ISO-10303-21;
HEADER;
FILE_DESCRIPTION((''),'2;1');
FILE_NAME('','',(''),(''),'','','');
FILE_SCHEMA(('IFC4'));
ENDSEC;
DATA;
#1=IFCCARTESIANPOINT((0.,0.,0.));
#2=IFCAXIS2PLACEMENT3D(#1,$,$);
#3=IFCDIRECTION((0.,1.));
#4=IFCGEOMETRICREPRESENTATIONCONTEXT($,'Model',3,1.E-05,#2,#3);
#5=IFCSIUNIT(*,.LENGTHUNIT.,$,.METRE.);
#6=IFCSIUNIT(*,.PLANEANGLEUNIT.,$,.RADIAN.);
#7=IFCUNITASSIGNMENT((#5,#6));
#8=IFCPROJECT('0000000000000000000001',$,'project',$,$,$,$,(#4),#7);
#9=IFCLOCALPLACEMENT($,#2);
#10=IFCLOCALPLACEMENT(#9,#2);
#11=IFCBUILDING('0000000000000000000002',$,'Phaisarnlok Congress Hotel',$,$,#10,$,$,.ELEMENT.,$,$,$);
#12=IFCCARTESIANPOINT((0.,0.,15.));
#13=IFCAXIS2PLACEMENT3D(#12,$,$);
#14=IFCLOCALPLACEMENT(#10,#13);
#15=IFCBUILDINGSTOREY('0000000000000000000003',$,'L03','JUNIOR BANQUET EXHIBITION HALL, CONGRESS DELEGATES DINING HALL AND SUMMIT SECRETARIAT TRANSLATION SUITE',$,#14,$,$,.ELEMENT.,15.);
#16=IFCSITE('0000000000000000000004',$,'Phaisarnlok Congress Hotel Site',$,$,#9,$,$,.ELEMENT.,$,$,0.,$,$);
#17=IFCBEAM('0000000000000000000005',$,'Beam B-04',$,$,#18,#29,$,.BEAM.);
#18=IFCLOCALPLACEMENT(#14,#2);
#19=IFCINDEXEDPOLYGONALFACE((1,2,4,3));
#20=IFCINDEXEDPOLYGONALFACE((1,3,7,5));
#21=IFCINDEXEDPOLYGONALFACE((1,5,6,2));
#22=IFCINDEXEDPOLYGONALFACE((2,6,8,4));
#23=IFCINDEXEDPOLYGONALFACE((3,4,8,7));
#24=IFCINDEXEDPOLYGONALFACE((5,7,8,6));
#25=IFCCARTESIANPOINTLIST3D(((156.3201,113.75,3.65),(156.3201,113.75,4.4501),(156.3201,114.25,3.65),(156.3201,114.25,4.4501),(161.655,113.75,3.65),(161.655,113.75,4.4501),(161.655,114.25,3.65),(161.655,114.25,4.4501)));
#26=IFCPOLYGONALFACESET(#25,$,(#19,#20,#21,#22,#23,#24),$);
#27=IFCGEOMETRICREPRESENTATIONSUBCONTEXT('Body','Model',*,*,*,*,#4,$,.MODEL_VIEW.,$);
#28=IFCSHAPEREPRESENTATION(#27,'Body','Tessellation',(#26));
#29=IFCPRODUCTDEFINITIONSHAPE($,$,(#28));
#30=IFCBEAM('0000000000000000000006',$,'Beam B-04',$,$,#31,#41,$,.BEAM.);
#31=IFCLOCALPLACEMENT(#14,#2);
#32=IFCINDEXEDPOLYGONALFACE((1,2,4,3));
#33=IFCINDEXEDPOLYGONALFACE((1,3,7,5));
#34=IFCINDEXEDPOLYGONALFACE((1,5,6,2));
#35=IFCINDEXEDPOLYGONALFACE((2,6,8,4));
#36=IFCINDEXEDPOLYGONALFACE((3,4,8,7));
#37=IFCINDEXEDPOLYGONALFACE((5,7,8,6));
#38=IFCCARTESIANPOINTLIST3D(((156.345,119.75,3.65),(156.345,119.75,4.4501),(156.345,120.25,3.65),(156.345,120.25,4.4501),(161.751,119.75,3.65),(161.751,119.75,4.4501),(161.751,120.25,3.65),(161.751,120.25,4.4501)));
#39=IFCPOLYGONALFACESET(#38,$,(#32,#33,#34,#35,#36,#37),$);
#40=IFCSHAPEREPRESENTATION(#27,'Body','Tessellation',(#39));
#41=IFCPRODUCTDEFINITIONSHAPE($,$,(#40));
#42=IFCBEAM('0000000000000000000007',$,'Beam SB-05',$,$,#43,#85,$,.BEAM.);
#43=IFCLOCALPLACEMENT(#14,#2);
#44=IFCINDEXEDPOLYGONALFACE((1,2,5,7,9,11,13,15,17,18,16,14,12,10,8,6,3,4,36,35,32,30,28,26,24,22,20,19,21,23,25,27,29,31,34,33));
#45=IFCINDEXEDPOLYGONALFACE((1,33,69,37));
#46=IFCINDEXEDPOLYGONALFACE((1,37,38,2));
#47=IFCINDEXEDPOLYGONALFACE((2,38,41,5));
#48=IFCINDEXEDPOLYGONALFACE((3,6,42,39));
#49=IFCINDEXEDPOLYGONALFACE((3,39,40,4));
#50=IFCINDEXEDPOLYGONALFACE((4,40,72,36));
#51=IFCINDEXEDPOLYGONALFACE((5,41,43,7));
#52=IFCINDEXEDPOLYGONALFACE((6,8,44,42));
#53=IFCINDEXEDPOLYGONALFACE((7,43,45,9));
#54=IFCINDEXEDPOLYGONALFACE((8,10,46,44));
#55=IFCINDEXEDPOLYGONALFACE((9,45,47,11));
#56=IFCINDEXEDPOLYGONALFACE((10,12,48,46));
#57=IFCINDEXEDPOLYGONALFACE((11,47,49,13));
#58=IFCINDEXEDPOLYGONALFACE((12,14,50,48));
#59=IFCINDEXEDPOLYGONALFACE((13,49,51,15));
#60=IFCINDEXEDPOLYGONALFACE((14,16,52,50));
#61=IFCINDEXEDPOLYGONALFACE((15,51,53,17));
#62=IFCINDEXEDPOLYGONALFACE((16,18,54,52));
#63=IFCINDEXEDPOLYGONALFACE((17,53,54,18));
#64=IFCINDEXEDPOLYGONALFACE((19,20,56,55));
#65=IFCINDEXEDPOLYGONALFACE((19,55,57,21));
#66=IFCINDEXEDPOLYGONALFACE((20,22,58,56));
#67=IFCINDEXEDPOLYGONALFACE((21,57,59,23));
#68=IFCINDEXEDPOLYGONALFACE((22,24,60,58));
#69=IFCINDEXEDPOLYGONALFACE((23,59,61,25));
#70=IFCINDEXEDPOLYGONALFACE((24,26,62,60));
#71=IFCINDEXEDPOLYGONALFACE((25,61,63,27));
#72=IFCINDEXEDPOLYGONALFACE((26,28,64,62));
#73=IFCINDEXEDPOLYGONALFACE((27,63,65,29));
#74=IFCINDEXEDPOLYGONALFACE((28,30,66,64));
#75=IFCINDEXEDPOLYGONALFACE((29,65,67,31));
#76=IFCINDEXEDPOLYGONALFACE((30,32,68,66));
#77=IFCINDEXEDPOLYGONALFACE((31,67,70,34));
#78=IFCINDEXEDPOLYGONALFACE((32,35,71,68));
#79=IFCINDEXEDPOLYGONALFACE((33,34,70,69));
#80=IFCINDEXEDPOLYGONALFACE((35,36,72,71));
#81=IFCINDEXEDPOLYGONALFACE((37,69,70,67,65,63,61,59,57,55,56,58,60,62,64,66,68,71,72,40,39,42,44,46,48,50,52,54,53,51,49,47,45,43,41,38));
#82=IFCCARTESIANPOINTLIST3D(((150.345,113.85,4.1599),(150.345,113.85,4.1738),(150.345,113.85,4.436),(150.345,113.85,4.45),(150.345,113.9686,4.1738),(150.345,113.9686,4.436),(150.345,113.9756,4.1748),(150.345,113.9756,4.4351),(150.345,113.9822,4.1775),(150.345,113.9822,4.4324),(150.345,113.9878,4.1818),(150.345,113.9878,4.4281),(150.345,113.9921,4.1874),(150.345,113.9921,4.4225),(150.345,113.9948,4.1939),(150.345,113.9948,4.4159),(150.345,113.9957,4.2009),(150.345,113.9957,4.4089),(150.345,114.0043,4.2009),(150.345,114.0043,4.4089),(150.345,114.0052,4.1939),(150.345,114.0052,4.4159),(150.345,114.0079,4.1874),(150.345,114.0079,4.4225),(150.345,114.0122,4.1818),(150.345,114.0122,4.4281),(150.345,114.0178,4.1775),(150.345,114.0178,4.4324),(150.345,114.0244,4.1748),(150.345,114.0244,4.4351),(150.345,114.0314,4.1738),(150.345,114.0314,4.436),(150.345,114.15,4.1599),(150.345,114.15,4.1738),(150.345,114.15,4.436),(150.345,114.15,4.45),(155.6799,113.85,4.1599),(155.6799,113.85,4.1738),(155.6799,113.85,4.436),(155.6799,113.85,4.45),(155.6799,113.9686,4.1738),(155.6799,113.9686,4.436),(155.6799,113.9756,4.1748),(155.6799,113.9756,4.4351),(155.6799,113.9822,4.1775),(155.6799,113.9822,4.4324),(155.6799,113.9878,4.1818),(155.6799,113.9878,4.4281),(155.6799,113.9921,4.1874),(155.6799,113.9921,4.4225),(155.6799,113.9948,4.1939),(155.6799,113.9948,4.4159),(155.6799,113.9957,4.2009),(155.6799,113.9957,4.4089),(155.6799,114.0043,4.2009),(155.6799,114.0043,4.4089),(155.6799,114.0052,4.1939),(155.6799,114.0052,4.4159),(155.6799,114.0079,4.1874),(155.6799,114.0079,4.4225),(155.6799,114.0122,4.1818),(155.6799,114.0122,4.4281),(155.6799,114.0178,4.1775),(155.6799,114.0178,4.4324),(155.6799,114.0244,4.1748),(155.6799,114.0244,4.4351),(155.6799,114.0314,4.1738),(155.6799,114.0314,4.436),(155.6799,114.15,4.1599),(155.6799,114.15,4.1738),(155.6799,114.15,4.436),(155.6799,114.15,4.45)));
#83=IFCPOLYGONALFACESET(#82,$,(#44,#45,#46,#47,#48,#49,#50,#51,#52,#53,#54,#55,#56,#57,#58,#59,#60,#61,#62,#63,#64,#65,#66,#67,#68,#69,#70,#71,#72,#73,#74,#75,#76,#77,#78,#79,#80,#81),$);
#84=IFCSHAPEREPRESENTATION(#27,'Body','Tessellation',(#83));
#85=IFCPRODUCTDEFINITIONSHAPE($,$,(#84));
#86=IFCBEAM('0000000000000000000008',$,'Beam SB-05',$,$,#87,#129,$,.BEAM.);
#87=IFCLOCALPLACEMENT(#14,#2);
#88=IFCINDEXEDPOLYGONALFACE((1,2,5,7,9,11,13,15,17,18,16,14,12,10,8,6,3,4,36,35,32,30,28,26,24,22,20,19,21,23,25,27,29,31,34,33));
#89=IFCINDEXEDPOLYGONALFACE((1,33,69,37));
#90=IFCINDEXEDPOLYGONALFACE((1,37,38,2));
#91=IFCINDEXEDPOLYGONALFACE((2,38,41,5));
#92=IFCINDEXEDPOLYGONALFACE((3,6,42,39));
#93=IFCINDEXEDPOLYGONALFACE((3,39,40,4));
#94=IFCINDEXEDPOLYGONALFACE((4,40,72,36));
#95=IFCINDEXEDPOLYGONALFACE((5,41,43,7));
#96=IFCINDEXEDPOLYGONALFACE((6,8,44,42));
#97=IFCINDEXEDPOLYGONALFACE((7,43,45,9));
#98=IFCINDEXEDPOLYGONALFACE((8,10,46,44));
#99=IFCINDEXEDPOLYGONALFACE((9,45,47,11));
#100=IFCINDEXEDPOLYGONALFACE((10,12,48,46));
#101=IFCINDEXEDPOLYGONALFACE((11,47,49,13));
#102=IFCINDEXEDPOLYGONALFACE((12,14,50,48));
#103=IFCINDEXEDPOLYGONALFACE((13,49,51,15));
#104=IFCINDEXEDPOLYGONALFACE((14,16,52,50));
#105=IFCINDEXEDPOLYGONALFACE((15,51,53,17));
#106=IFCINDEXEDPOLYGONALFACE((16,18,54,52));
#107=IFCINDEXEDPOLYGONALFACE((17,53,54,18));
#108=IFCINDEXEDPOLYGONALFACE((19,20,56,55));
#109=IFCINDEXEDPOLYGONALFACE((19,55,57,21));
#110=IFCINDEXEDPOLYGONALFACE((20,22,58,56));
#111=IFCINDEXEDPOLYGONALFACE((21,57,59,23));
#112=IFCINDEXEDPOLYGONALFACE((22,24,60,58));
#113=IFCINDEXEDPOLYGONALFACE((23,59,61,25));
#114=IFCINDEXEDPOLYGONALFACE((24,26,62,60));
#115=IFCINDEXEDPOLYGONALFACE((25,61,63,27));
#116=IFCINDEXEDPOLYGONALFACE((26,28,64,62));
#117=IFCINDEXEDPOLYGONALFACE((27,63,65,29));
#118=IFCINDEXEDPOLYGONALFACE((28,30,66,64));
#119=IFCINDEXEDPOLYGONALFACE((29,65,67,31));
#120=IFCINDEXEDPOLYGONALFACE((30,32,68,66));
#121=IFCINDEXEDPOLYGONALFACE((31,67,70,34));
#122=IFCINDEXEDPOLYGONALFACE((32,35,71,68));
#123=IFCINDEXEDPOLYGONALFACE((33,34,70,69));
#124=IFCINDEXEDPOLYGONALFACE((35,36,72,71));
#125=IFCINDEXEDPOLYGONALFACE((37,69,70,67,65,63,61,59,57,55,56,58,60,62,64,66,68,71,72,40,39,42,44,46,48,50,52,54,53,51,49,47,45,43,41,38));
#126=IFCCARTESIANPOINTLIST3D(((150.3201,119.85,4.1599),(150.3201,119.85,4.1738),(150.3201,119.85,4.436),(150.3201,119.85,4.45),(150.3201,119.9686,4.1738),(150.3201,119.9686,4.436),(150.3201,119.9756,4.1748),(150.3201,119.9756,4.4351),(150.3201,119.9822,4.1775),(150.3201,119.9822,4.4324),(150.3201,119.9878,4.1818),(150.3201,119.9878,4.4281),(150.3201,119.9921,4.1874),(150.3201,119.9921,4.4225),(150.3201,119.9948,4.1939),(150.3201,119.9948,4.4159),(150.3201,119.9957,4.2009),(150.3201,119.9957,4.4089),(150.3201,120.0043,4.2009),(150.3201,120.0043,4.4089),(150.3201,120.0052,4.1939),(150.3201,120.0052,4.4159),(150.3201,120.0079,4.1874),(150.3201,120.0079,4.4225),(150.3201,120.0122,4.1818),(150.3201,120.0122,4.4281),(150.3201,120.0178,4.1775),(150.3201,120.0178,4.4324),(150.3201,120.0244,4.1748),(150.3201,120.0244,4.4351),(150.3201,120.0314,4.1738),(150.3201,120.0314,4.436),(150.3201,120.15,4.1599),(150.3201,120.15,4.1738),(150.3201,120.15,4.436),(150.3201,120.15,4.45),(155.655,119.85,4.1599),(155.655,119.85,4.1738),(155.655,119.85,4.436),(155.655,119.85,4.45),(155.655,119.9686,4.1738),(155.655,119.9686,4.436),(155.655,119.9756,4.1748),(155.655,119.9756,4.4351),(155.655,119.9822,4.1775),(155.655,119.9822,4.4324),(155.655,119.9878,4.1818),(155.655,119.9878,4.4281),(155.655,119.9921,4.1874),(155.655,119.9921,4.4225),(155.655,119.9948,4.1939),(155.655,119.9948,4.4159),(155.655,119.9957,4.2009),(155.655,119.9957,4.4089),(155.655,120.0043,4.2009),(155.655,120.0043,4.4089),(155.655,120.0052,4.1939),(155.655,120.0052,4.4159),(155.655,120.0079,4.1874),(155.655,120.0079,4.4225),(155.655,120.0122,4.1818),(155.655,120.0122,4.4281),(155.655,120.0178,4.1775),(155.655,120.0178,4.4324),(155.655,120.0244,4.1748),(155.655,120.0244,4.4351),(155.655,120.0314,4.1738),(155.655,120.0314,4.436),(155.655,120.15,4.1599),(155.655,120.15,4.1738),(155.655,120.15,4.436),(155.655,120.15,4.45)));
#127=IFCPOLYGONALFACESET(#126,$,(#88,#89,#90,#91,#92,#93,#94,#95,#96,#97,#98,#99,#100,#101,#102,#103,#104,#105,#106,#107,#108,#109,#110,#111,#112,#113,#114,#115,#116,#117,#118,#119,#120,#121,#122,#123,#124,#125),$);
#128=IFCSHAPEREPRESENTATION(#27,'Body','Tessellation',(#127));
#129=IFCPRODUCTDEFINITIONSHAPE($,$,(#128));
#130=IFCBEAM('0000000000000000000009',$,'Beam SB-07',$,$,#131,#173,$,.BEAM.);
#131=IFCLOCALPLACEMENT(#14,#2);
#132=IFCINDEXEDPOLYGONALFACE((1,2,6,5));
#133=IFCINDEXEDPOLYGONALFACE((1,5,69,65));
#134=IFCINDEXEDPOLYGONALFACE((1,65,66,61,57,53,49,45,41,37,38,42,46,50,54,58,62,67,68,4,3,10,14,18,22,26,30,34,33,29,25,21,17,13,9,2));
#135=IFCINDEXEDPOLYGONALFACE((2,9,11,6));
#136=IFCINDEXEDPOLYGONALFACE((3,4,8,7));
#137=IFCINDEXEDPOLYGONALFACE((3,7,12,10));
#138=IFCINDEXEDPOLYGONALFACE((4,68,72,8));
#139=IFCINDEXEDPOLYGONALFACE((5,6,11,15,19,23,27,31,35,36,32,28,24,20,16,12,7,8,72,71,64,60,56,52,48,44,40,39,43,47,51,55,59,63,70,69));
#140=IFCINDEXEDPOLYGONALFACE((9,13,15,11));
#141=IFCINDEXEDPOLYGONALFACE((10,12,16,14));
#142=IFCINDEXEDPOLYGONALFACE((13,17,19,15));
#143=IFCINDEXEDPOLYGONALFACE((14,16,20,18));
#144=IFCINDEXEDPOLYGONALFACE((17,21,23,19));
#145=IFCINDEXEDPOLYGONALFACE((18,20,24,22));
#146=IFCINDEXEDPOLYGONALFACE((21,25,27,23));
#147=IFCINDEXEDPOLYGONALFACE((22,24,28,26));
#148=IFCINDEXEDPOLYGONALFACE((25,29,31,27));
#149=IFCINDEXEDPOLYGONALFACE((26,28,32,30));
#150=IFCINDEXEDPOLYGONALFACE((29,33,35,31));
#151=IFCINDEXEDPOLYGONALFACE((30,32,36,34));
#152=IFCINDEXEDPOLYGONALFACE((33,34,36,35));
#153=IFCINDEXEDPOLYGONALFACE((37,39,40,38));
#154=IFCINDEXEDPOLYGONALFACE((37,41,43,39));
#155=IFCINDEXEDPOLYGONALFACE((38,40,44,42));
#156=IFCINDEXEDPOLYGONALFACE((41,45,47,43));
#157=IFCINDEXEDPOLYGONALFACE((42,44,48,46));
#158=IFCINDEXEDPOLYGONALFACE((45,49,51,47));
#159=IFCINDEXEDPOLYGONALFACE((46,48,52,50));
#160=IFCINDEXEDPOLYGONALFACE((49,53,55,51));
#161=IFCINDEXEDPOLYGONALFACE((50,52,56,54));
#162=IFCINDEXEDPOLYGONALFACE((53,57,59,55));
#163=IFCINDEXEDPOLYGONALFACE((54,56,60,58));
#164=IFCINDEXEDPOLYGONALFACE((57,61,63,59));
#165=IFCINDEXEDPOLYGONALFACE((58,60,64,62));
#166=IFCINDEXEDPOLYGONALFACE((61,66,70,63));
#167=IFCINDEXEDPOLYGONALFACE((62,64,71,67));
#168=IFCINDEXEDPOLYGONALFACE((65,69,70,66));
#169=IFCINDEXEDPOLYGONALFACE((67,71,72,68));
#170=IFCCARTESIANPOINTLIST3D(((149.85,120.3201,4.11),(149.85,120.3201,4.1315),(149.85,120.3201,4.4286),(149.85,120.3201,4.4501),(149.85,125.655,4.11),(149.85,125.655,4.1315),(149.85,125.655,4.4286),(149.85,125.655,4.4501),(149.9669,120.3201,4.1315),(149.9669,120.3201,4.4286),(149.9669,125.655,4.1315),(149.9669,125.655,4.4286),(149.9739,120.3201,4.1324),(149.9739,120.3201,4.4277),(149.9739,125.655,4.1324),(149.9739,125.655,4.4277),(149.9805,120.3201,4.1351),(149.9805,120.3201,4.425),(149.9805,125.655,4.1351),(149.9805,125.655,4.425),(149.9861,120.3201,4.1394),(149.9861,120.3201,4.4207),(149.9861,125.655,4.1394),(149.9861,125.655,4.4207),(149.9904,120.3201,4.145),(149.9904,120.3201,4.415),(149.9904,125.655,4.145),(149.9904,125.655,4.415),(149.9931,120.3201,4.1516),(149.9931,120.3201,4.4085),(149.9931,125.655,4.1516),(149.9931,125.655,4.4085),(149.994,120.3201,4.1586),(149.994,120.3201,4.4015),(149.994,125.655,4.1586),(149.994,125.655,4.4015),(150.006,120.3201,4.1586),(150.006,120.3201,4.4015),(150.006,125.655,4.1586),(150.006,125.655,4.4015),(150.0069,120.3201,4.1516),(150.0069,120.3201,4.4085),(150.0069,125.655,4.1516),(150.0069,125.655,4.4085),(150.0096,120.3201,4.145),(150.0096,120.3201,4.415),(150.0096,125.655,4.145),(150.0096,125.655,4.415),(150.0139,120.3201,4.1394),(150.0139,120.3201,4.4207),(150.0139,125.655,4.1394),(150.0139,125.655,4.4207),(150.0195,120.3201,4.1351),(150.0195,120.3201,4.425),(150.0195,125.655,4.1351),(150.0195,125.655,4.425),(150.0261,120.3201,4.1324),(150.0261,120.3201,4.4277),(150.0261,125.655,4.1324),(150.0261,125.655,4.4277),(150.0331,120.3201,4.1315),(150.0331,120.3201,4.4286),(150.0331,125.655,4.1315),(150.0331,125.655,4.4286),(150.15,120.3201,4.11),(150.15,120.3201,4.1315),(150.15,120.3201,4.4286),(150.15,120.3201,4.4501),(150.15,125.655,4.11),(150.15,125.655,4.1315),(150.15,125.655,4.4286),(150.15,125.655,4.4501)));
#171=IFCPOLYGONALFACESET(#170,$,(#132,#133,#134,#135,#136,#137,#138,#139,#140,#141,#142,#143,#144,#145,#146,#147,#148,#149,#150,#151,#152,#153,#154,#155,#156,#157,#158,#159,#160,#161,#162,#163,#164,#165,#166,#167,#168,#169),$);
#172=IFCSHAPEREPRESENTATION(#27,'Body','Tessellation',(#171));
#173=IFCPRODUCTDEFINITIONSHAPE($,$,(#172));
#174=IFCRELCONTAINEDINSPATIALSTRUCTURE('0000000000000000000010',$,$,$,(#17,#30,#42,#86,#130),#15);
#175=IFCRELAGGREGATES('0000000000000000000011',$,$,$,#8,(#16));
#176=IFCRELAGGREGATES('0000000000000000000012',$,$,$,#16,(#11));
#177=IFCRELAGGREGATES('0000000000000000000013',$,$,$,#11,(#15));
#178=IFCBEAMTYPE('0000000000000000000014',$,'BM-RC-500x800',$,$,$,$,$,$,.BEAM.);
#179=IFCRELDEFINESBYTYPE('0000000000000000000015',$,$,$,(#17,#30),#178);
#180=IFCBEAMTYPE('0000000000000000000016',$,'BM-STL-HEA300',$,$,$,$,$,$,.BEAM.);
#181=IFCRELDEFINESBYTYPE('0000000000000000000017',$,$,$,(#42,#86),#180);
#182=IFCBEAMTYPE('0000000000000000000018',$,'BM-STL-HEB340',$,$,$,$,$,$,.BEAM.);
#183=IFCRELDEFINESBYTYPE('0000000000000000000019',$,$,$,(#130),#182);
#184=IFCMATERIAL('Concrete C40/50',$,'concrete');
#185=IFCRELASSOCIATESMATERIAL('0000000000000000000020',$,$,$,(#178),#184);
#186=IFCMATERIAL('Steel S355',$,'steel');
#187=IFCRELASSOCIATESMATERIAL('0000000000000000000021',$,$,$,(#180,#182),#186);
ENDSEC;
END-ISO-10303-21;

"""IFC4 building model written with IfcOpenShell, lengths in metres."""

from ifc_helpers import new_model, si_unit, direction, frame, origin, origin_2d, place, context, subcontext, project, spatial, rectangle, i_section, extrude, material, material_profile, profile_set, type_object, element, save


model = new_model("IFC4")

# Units and contexts
model_context = context("Model", 3, precision=1e-05, world=origin(), true_north=direction((0.0, 1.0)))
body_context = subcontext(model_context, "Body", "Model", "MODEL_VIEW")
ifc_project = project(units=[si_unit("LENGTHUNIT", "METRE"), si_unit("PLANEANGLEUNIT", "RADIAN")], contexts=[model_context])

# Site, building, storey
site_placement = place(None, origin())
site = spatial("IfcSite", under=ifc_project, at=site_placement, Name="Phaisarnlok Congress Hotel Site", CompositionType="ELEMENT", RefElevation=0.0)
building_placement = place(site_placement, origin())
building = spatial("IfcBuilding", under=site, at=building_placement, Name="Phaisarnlok Congress Hotel", CompositionType="ELEMENT")
storey_placement = place(building_placement, frame((0.0, 0.0, 15.0)))
storey = spatial("IfcBuildingStorey", under=building, at=storey_placement, Name="L03", Description="JUNIOR BANQUET EXHIBITION HALL, CONGRESS DELEGATES DINING HALL AND SUMMIT SECRETARIAT TRANSLATION SUITE", CompositionType="ELEMENT", Elevation=15.0)

# Shared definitions
ifc_material_1 = material(Name="Steel S355", Category="steel")

# Beams
ifc_material_2 = material(Name="Concrete C40/50", Category="concrete")
ifc_material_profile_1 = material_profile(ifc_material_2, rectangle(XDim=0.5, YDim=0.8, at=origin_2d()), Name="RC 500x800")
ifc_profile_set_1 = profile_set([ifc_material_profile_1], Name="Concrete C40/50")
beam_type_1 = type_object("IfcBeamType", Name="BM-RC-500x800", PredefinedType="BEAM", material=ifc_profile_set_1)
beam_1_placement = place(storey_placement, frame((156.3201, 114.0, 4.05), z_axis=(1.0, 0.0, 0.0), x_axis=(0.0, 1.0, 0.0)))
element("IfcBeam", 1, at=beam_1_placement, inside=storey, type_object=beam_type_1, Name="Beam B-04", PredefinedType="BEAM", context=body_context, shape_type="SweptSolid", body=[
    extrude(rectangle(XDim=0.5, YDim=0.8, at=origin_2d()), origin(), (0.0, 0.0, 1.0), 5.335),
])
beam_2_placement = place(storey_placement, frame((156.345, 120.0, 4.05), z_axis=(1.0, 0.0, 0.0), x_axis=(0.0, 1.0, 0.0)))
element("IfcBeam", 2, at=beam_2_placement, inside=storey, type_object=beam_type_1, Name="Beam B-04", PredefinedType="BEAM", context=body_context, shape_type="SweptSolid", body=[
    extrude(rectangle(XDim=0.5, YDim=0.8, at=origin_2d()), origin(), (0.0, 0.0, 1.0), 5.406),
])
ifc_material_profile_2 = material_profile(ifc_material_1, i_section(OverallWidth=0.3, OverallDepth=0.29, WebThickness=0.0085, FlangeThickness=0.0139, FilletRadius=0.0271, at=origin_2d()), Name="HEA 300")
ifc_profile_set_2 = profile_set([ifc_material_profile_2], Name="Steel S355")
beam_type_2 = type_object("IfcBeamType", Name="BM-STL-HEA300", PredefinedType="BEAM", material=ifc_profile_set_2)
for number, where, z_axis, x_axis, name in (
    (3, (150.345, 114.0, 4.3049), (1.0, 0.0, 0.0), (0.0, 1.0, 0.0), "Beam SB-05"),
    (4, (150.3201, 120.0, 4.3049), (1.0, 0.0, 0.0), (0.0, 1.0, 0.0), "Beam SB-05"),
):
    element("IfcBeam", number, at=place(storey_placement, frame(where, z_axis=z_axis, x_axis=x_axis)), inside=storey, type_object=beam_type_2, Name=name, PredefinedType="BEAM", context=body_context, shape_type="SweptSolid", body=[
        extrude(i_section(OverallWidth=0.3, OverallDepth=0.29, WebThickness=0.0085, FlangeThickness=0.0139, FilletRadius=0.0271, at=origin_2d()), origin(), (0.0, 0.0, 1.0), 5.335),
    ])
ifc_material_profile_3 = material_profile(ifc_material_1, i_section(OverallWidth=0.3, OverallDepth=0.3401, WebThickness=0.012, FlangeThickness=0.0215, FilletRadius=0.0271, at=origin_2d()), Name="HEB 340")
ifc_profile_set_3 = profile_set([ifc_material_profile_3], Name="Steel S355")
beam_type_3 = type_object("IfcBeamType", Name="BM-STL-HEB340", PredefinedType="BEAM", material=ifc_profile_set_3)
beam_3_placement = place(storey_placement, frame((150.0, 120.3201, 4.28), z_axis=(0.0, 1.0, 0.0), x_axis=(-1.0, 0.0, 0.0)))
element("IfcBeam", 5, at=beam_3_placement, inside=storey, type_object=beam_type_3, Name="Beam SB-07", PredefinedType="BEAM", context=body_context, shape_type="SweptSolid", body=[
    extrude(i_section(OverallWidth=0.3, OverallDepth=0.3401, WebThickness=0.012, FlangeThickness=0.0215, FilletRadius=0.0271, at=origin_2d()), origin(), (0.0, 0.0, 1.0), 5.335),
])

save(model, "model.ifc")
